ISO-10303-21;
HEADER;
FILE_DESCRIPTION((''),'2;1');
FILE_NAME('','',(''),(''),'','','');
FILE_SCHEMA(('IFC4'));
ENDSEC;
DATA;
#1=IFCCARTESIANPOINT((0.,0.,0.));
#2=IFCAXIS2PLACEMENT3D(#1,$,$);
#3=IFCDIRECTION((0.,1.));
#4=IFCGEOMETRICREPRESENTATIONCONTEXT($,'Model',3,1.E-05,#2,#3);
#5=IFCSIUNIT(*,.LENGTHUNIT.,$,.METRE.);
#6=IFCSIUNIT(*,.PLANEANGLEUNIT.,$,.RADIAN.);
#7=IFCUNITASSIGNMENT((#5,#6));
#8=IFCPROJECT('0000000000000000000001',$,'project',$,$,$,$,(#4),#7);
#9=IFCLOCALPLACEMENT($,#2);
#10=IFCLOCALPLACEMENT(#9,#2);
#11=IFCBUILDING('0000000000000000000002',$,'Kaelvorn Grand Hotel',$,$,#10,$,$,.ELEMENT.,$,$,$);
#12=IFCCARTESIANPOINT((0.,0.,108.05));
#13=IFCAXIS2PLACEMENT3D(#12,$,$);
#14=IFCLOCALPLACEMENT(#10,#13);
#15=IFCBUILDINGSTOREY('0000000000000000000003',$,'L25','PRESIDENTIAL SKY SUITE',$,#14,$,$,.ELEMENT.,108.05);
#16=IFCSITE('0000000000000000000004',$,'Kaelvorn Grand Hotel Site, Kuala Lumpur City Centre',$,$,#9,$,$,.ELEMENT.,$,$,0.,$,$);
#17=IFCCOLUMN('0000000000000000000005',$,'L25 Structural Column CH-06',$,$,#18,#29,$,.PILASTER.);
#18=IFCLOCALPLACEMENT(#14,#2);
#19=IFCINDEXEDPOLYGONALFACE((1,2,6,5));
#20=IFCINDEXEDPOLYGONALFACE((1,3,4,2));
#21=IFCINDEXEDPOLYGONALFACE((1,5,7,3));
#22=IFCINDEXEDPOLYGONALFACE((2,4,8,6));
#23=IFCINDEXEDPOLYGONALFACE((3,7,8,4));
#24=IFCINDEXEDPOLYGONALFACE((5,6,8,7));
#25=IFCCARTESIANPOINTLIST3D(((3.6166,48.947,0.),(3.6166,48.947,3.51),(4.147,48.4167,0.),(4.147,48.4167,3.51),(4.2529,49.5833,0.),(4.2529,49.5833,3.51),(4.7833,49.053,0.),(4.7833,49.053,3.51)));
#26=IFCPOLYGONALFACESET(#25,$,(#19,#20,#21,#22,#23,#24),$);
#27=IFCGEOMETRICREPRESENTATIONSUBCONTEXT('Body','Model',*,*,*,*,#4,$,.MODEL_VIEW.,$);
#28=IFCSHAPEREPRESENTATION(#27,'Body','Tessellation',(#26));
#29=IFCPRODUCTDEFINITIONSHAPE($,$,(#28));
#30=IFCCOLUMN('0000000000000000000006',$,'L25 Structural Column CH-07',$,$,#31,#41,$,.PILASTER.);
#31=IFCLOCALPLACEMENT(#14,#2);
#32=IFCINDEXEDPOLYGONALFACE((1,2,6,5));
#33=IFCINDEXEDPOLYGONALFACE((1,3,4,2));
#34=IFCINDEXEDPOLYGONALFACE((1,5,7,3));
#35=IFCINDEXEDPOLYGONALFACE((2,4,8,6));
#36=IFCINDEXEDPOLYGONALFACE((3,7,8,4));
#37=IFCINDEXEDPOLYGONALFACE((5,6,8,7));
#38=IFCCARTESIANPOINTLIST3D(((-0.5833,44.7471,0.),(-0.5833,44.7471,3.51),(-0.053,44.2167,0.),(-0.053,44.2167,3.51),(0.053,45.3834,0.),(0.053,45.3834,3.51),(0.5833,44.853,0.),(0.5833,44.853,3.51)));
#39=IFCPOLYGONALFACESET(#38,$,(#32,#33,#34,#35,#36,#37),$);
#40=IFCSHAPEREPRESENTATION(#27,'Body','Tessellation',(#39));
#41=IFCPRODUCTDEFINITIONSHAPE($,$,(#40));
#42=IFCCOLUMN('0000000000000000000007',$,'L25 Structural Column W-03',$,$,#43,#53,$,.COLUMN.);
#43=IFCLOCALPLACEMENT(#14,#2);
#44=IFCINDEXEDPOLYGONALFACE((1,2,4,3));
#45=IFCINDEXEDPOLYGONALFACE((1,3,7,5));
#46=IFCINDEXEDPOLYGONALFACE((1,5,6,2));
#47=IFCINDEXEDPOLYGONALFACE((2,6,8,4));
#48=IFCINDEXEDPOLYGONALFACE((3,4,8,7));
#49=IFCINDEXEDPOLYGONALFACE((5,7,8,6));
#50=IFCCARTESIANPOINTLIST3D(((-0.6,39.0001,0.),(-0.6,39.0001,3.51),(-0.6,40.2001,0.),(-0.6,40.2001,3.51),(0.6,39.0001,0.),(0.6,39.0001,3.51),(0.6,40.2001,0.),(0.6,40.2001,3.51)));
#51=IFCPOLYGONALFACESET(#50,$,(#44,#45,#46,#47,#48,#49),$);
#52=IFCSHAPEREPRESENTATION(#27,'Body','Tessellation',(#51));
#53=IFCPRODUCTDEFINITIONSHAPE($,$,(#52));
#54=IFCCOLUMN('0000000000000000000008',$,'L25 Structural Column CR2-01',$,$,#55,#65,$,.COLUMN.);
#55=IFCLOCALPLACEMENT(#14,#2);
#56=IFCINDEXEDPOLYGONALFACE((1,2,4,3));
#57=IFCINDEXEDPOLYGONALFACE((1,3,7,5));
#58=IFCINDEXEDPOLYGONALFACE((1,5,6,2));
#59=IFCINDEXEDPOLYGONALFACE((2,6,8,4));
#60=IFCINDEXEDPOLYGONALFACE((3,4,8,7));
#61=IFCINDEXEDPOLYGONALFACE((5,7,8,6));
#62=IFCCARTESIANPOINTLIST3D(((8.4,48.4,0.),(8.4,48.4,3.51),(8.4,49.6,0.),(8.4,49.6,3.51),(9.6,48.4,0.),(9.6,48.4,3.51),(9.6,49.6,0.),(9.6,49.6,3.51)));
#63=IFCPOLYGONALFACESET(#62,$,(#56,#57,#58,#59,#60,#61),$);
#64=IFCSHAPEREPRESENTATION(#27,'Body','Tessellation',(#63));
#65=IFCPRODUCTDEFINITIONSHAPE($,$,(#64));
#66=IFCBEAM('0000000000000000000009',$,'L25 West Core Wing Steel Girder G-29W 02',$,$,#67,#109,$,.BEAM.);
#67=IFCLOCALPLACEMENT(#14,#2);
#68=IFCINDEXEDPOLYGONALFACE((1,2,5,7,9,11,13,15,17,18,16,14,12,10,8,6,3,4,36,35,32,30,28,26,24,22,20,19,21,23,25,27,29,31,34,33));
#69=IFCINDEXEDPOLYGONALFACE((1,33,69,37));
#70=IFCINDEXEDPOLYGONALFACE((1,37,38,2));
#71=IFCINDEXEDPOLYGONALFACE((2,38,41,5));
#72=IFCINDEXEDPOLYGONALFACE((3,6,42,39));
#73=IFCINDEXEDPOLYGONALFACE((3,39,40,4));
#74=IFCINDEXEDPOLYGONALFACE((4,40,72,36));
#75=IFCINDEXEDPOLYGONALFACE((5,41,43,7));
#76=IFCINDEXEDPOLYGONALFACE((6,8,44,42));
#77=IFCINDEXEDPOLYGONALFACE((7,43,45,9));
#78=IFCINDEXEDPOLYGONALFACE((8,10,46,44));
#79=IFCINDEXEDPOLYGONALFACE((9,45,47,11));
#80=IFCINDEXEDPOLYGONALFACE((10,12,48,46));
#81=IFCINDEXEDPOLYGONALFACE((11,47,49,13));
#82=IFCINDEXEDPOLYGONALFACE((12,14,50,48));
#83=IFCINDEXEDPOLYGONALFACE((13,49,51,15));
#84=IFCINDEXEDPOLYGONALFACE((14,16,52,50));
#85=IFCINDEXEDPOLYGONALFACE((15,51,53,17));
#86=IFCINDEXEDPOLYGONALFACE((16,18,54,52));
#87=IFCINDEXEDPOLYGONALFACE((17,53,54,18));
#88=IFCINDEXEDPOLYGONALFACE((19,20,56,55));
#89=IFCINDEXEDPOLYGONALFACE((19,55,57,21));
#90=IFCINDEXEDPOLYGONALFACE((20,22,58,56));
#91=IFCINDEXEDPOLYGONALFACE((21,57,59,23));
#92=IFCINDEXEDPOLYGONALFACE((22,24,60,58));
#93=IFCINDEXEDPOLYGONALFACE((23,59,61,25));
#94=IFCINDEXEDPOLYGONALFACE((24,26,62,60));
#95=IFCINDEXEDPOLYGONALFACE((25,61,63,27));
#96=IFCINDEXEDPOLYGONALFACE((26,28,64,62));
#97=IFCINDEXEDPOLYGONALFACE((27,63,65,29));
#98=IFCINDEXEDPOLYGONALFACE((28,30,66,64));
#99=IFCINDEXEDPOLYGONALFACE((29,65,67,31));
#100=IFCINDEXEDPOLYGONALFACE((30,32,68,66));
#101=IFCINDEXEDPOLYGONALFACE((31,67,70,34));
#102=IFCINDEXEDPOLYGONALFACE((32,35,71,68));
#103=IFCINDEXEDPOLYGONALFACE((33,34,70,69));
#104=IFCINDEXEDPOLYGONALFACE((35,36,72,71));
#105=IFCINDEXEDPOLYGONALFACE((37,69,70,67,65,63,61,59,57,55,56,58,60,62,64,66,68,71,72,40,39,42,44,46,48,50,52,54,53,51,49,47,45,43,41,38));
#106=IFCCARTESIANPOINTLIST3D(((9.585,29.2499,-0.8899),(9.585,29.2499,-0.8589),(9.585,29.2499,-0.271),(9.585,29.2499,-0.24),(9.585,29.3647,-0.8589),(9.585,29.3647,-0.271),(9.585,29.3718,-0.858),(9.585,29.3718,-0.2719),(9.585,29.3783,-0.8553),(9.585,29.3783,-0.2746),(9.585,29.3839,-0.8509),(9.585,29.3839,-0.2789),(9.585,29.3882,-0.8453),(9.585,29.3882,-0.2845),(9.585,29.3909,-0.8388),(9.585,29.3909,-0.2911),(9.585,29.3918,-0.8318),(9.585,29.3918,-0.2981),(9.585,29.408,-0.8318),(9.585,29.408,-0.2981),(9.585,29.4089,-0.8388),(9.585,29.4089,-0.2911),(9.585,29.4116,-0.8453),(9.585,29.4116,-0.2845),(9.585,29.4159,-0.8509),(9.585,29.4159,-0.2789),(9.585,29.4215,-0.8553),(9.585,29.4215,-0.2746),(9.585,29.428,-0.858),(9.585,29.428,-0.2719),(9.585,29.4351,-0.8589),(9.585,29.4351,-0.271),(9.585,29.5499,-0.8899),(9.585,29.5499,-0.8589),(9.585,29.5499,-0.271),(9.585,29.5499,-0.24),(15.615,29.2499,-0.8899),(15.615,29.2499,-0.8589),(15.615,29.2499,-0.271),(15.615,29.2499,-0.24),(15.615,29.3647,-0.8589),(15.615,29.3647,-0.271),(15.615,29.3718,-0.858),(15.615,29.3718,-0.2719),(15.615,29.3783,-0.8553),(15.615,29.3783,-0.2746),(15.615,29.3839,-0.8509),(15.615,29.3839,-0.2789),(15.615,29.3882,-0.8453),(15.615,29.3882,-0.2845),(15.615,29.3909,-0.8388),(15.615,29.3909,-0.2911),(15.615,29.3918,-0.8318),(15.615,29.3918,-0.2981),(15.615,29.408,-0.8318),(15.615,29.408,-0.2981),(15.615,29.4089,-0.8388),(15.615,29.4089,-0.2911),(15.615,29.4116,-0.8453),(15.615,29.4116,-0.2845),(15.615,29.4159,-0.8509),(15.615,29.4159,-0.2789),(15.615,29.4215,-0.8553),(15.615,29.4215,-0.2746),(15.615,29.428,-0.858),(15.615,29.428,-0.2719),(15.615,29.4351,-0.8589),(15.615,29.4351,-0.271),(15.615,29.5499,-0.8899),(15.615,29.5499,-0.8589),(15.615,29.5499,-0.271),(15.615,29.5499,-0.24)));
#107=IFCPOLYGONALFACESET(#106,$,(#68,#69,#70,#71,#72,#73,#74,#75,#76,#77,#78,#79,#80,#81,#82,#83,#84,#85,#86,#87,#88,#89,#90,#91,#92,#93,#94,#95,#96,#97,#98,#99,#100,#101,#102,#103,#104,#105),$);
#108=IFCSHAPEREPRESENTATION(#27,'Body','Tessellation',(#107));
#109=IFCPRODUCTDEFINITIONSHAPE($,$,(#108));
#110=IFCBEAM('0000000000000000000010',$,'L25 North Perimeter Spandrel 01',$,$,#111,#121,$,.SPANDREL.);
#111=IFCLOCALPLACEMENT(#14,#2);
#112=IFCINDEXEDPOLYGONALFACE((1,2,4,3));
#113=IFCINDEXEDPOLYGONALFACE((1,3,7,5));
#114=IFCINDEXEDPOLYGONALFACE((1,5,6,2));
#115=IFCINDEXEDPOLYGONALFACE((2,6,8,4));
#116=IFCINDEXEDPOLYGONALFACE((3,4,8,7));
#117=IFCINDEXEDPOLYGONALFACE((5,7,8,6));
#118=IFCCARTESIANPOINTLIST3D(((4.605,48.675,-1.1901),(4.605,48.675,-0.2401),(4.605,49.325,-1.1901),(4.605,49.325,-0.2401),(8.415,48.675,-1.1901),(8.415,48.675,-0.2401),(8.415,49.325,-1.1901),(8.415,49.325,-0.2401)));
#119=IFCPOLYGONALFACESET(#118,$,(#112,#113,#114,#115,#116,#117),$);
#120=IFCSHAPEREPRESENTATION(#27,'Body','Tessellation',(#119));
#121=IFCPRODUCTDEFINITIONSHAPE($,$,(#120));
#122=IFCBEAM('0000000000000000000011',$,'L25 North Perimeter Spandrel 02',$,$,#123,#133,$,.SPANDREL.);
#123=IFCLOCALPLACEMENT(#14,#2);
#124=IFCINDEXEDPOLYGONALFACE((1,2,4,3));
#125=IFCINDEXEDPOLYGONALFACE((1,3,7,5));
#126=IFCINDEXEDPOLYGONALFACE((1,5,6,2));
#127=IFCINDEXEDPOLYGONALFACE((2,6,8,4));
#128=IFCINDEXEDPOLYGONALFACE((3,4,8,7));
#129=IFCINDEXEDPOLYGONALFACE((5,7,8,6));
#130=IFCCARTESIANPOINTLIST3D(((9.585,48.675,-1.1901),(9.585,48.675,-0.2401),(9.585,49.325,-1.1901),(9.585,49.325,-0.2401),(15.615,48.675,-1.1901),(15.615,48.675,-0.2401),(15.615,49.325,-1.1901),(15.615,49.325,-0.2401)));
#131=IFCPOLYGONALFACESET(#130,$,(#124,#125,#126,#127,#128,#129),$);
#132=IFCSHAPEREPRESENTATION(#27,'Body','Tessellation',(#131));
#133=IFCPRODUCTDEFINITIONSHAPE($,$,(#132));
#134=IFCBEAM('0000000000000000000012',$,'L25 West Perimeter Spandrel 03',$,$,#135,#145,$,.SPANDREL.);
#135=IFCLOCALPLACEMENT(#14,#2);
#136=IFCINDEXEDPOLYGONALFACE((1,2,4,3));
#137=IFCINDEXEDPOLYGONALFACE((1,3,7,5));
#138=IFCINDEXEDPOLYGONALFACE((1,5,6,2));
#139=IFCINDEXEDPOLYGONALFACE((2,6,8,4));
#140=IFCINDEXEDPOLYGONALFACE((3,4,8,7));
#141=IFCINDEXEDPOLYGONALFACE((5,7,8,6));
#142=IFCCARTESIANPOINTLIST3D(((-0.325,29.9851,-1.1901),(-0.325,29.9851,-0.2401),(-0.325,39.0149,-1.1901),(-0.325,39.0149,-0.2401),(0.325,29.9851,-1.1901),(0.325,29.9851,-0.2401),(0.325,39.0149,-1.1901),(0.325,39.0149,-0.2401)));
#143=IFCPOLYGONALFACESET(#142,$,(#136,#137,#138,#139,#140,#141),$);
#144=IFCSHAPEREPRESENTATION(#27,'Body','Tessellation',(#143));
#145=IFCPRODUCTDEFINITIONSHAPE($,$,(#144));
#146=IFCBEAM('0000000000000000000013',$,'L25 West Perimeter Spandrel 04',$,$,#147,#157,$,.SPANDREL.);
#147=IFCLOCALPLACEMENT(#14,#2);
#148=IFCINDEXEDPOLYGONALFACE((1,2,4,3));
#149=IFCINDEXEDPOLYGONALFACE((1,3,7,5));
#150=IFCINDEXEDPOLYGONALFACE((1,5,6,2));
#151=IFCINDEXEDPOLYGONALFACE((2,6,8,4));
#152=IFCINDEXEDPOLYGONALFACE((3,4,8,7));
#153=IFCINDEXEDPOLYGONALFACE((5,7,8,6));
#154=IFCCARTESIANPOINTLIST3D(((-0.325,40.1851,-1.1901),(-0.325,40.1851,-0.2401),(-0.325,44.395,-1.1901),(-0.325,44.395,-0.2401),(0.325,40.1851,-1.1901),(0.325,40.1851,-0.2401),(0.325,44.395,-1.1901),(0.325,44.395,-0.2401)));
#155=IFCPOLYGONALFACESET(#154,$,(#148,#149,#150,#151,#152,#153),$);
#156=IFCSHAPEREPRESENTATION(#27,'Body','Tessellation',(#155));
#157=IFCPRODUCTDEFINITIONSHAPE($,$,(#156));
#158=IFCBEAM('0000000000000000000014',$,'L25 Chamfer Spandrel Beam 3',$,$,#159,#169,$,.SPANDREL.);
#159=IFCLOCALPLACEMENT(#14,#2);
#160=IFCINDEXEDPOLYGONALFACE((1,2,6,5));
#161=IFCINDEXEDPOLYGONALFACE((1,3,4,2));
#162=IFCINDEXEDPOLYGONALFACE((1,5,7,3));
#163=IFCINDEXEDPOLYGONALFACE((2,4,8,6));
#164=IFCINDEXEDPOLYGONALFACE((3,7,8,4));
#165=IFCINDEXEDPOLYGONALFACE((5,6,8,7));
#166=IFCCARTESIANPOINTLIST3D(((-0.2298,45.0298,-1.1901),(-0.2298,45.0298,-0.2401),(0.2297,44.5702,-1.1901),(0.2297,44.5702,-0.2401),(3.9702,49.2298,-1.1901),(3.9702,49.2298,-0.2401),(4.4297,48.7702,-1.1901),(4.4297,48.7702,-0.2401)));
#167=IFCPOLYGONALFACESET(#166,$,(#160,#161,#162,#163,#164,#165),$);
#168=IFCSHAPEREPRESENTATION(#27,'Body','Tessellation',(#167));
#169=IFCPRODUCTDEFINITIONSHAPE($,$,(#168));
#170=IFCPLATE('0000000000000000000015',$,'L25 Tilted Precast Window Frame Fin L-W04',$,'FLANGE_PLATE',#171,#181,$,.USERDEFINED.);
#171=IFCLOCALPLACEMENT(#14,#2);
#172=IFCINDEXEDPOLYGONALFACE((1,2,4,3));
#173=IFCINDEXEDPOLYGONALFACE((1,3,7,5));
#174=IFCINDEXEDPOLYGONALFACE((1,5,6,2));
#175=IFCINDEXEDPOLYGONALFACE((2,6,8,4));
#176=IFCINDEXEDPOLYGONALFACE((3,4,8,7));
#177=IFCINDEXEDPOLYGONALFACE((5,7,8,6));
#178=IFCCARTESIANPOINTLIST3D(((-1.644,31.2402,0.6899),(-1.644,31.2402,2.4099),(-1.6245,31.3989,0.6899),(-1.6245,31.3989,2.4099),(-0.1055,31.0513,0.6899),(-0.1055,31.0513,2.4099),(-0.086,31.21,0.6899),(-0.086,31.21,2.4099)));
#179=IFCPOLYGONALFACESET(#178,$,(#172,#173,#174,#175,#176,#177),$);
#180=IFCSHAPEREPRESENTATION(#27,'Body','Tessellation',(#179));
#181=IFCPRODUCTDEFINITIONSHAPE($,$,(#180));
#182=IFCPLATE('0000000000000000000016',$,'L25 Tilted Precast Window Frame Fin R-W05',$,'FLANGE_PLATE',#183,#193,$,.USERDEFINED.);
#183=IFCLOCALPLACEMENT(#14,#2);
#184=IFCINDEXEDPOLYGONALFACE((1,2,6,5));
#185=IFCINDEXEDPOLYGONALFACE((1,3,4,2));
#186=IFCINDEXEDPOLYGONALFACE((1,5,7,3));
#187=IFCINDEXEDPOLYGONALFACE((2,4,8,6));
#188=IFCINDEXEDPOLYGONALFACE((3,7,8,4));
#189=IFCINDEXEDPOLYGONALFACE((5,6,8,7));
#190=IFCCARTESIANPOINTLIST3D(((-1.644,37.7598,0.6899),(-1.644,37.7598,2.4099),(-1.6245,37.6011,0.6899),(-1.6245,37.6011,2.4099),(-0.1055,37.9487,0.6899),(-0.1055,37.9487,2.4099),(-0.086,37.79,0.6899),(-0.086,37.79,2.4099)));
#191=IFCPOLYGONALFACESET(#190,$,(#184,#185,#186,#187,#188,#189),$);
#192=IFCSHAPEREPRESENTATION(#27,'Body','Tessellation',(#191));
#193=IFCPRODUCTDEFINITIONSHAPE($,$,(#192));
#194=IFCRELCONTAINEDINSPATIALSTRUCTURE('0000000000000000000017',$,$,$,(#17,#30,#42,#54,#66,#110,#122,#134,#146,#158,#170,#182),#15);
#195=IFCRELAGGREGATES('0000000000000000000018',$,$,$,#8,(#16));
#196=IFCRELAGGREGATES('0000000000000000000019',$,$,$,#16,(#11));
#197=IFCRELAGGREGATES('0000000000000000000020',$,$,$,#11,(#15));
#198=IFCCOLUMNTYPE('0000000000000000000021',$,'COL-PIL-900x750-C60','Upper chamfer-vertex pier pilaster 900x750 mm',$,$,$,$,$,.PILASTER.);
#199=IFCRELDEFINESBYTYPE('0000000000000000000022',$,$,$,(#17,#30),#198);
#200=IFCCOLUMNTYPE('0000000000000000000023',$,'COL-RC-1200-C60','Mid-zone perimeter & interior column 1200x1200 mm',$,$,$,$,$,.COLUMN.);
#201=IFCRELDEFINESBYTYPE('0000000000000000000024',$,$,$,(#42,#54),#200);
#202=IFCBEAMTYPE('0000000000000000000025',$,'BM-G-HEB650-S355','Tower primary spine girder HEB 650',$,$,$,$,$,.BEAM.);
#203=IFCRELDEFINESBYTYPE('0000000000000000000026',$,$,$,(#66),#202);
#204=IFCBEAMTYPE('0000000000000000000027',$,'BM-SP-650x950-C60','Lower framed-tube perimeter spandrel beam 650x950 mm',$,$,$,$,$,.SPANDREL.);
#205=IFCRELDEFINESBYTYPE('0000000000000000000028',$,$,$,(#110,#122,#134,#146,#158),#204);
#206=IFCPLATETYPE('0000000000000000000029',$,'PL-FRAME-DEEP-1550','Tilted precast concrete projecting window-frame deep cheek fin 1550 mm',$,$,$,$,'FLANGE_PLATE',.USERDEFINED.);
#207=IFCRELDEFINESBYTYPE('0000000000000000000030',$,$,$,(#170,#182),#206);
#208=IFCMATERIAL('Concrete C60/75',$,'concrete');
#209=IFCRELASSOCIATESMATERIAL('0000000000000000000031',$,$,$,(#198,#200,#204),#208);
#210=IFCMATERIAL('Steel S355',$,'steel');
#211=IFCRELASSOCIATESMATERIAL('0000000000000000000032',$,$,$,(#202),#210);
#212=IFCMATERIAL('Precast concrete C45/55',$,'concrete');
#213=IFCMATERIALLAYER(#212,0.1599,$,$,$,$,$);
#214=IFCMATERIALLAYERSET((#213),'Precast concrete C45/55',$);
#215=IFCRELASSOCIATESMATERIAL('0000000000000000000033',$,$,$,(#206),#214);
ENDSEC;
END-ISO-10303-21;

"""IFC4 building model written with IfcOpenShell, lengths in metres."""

from ifc_helpers import new_model, si_unit, direction, frame, origin, origin_2d, place, context, subcontext, project, spatial, rectangle, i_section, extrude, material, layer, layer_set, material_profile, profile_set, type_object, element, save


model = new_model("IFC4")

# Units and contexts
model_context = context("Model", 3, precision=1e-05, world=origin(), true_north=direction((0.0, 1.0)))
body_context = subcontext(model_context, "Body", "Model", "MODEL_VIEW")
ifc_project = project(units=[si_unit("LENGTHUNIT", "METRE"), si_unit("PLANEANGLEUNIT", "RADIAN")], contexts=[model_context])

# Site, building, storey
site_placement = place(None, origin())
site = spatial("IfcSite", under=ifc_project, at=site_placement, Name="Kaelvorn Grand Hotel Site, Kuala Lumpur City Centre", CompositionType="ELEMENT", RefElevation=0.0)
building_placement = place(site_placement, origin())
building = spatial("IfcBuilding", under=site, at=building_placement, Name="Kaelvorn Grand Hotel", CompositionType="ELEMENT")
storey_placement = place(building_placement, frame((0.0, 0.0, 108.05)))
storey = spatial("IfcBuildingStorey", under=building, at=storey_placement, Name="L25", Description="PRESIDENTIAL SKY SUITE", CompositionType="ELEMENT", Elevation=108.05)

# Columns
ifc_material_1 = material(Name="Concrete C60/75", Category="concrete")
ifc_material_profile_1 = material_profile(ifc_material_1, rectangle(XDim=0.8999, YDim=0.75, at=origin_2d()), Name="RC PILASTER 900x750")
ifc_profile_set_1 = profile_set([ifc_material_profile_1], Name="Concrete C60/75")
column_type_1 = type_object("IfcColumnType", Name="COL-PIL-900x750-C60", Description="Upper chamfer-vertex pier pilaster 900x750 mm", PredefinedType="PILASTER", material=ifc_profile_set_1)
for number, where, z_axis, x_axis, name in (
    (1, (4.2, 49.0, 0.0), (0.0, 0.0, 1.0), (0.707107, 0.707107, 0.0), "L25 Structural Column CH-06"),
    (2, (0.0, 44.8, 0.0), (0.0, 0.0, 1.0), (0.707107, 0.707107, 0.0), "L25 Structural Column CH-07"),
):
    element("IfcColumn", number, at=place(storey_placement, frame(where, z_axis=z_axis, x_axis=x_axis)), inside=storey, type_object=column_type_1, Name=name, PredefinedType="PILASTER", context=body_context, shape_type="SweptSolid", body=[
        extrude(rectangle(XDim=0.8999, YDim=0.75, at=origin_2d()), origin(), (0.0, 0.0, 1.0), 3.51),
    ])
ifc_material_profile_2 = material_profile(ifc_material_1, rectangle(XDim=1.2, YDim=1.2, at=origin_2d()), Name="RC COL 1200x1200")
ifc_profile_set_2 = profile_set([ifc_material_profile_2], Name="Concrete C60/75")
column_type_2 = type_object("IfcColumnType", Name="COL-RC-1200-C60", Description="Mid-zone perimeter & interior column 1200x1200 mm", PredefinedType="COLUMN", material=ifc_profile_set_2)
for number, where, z_axis, x_axis, name in (
    (3, (0.0, 39.6001, 0.0), (0.0, 0.0, 1.0), (1.0, 0.0, 0.0), "L25 Structural Column W-03"),
    (4, (9.0, 49.0, 0.0), (0.0, 0.0, 1.0), (1.0, 0.0, 0.0), "L25 Structural Column CR2-01"),
):
    element("IfcColumn", number, at=place(storey_placement, frame(where, z_axis=z_axis, x_axis=x_axis)), inside=storey, type_object=column_type_2, Name=name, PredefinedType="COLUMN", context=body_context, shape_type="SweptSolid", body=[
        extrude(rectangle(XDim=1.2, YDim=1.2, at=origin_2d()), origin(), (0.0, 0.0, 1.0), 3.51),
    ])

# Beams
ifc_material_2 = material(Name="Steel S355", Category="steel")
ifc_material_profile_3 = material_profile(ifc_material_2, i_section(OverallWidth=0.3, OverallDepth=0.6499, WebThickness=0.0161, FlangeThickness=0.031, FilletRadius=0.0271, at=origin_2d()), Name="HEB 650")
ifc_profile_set_3 = profile_set([ifc_material_profile_3], Name="Steel S355")
beam_type_1 = type_object("IfcBeamType", Name="BM-G-HEB650-S355", Description="Tower primary spine girder HEB 650", PredefinedType="BEAM", material=ifc_profile_set_3)
beam_1_placement = place(storey_placement, frame((9.585, 29.3999, -0.5649), z_axis=(1.0, 0.0, 0.0), x_axis=(0.0, 1.0, 0.0)))
element("IfcBeam", 5, at=beam_1_placement, inside=storey, type_object=beam_type_1, Name="L25 West Core Wing Steel Girder G-29W 02", PredefinedType="BEAM", context=body_context, shape_type="SweptSolid", body=[
    extrude(i_section(OverallWidth=0.3, OverallDepth=0.6499, WebThickness=0.0161, FlangeThickness=0.031, FilletRadius=0.0271, at=origin_2d()), origin(), (0.0, 0.0, 1.0), 6.03),
])
ifc_material_profile_4 = material_profile(ifc_material_1, rectangle(XDim=0.6499, YDim=0.95, at=origin_2d()), Name="RC SPANDREL 650x950")
ifc_profile_set_4 = profile_set([ifc_material_profile_4], Name="Concrete C60/75")
beam_type_2 = type_object("IfcBeamType", Name="BM-SP-650x950-C60", Description="Lower framed-tube perimeter spandrel beam 650x950 mm", PredefinedType="SPANDREL", material=ifc_profile_set_4)
beam_2_placement = place(storey_placement, frame((4.605, 49.0, -0.7151), z_axis=(1.0, 0.0, 0.0), x_axis=(0.0, 1.0, 0.0)))
element("IfcBeam", 6, at=beam_2_placement, inside=storey, type_object=beam_type_2, Name="L25 North Perimeter Spandrel 01", PredefinedType="SPANDREL", context=body_context, shape_type="SweptSolid", body=[
    extrude(rectangle(XDim=0.6499, YDim=0.95, at=origin_2d()), origin(), (0.0, 0.0, 1.0), 3.8101),
])
beam_3_placement = place(storey_placement, frame((9.585, 49.0, -0.7151), z_axis=(1.0, 0.0, 0.0), x_axis=(0.0, 1.0, 0.0)))
element("IfcBeam", 7, at=beam_3_placement, inside=storey, type_object=beam_type_2, Name="L25 North Perimeter Spandrel 02", PredefinedType="SPANDREL", context=body_context, shape_type="SweptSolid", body=[
    extrude(rectangle(XDim=0.6499, YDim=0.95, at=origin_2d()), origin(), (0.0, 0.0, 1.0), 6.03),
])
beam_4_placement = place(storey_placement, frame((0.0, 29.9851, -0.7151), z_axis=(0.0, 1.0, 0.0), x_axis=(-1.0, 0.0, 0.0)))
element("IfcBeam", 8, at=beam_4_placement, inside=storey, type_object=beam_type_2, Name="L25 West Perimeter Spandrel 03", PredefinedType="SPANDREL", context=body_context, shape_type="SweptSolid", body=[
    extrude(rectangle(XDim=0.6499, YDim=0.95, at=origin_2d()), origin(), (0.0, 0.0, 1.0), 9.0298),
])
beam_5_placement = place(storey_placement, frame((0.0, 40.1851, -0.7151), z_axis=(0.0, 1.0, 0.0), x_axis=(-1.0, 0.0, 0.0)))
element("IfcBeam", 9, at=beam_5_placement, inside=storey, type_object=beam_type_2, Name="L25 West Perimeter Spandrel 04", PredefinedType="SPANDREL", context=body_context, shape_type="SweptSolid", body=[
    extrude(rectangle(XDim=0.6499, YDim=0.95, at=origin_2d()), origin(), (0.0, 0.0, 1.0), 4.21),
])
beam_6_placement = place(storey_placement, frame((4.2, 49.0, -0.7151), z_axis=(-0.707107, -0.707107, 0.0), x_axis=(0.707107, -0.707107, 0.0)))
element("IfcBeam", 10, at=beam_6_placement, inside=storey, type_object=beam_type_2, Name="L25 Chamfer Spandrel Beam 3", PredefinedType="SPANDREL", context=body_context, shape_type="SweptSolid", body=[
    extrude(rectangle(XDim=0.6499, YDim=0.95, at=origin_2d()), origin(), (0.0, 0.0, 1.0), 5.9397),
])

# Plates
ifc_material_3 = material(Name="Precast concrete C45/55", Category="concrete")
ifc_layer_1 = layer(ifc_material_3, 0.1599)
ifc_layer_set_1 = layer_set([ifc_layer_1], Name="Precast concrete C45/55")
plate_type_1 = type_object("IfcPlateType", Name="PL-FRAME-DEEP-1550", Description="Tilted precast concrete projecting window-frame deep cheek fin 1550 mm", ElementType="FLANGE_PLATE", PredefinedType="USERDEFINED", material=ifc_layer_set_1)
for number, where, z_axis, x_axis, name in (
    (11, (-0.865, 31.2251, 0.6899), (0.0, 0.0, 1.0), (0.121869, 0.992546, 0.0), "L25 Tilted Precast Window Frame Fin L-W04"),
    (12, (-0.865, 37.7749, 0.6899), (0.0, 0.0, 1.0), (-0.121869, 0.992546, 0.0), "L25 Tilted Precast Window Frame Fin R-W05"),
):
    element("IfcPlate", number, at=place(storey_placement, frame(where, z_axis=z_axis, x_axis=x_axis)), inside=storey, type_object=plate_type_1, Name=name, ObjectType="FLANGE_PLATE", PredefinedType="USERDEFINED", context=body_context, shape_type="SweptSolid", body=[
        extrude(rectangle(XDim=0.1599, YDim=1.55, at=origin_2d()), origin(), (0.0, 0.0, 1.0), 1.72),
    ])

save(model, "model.ifc")
